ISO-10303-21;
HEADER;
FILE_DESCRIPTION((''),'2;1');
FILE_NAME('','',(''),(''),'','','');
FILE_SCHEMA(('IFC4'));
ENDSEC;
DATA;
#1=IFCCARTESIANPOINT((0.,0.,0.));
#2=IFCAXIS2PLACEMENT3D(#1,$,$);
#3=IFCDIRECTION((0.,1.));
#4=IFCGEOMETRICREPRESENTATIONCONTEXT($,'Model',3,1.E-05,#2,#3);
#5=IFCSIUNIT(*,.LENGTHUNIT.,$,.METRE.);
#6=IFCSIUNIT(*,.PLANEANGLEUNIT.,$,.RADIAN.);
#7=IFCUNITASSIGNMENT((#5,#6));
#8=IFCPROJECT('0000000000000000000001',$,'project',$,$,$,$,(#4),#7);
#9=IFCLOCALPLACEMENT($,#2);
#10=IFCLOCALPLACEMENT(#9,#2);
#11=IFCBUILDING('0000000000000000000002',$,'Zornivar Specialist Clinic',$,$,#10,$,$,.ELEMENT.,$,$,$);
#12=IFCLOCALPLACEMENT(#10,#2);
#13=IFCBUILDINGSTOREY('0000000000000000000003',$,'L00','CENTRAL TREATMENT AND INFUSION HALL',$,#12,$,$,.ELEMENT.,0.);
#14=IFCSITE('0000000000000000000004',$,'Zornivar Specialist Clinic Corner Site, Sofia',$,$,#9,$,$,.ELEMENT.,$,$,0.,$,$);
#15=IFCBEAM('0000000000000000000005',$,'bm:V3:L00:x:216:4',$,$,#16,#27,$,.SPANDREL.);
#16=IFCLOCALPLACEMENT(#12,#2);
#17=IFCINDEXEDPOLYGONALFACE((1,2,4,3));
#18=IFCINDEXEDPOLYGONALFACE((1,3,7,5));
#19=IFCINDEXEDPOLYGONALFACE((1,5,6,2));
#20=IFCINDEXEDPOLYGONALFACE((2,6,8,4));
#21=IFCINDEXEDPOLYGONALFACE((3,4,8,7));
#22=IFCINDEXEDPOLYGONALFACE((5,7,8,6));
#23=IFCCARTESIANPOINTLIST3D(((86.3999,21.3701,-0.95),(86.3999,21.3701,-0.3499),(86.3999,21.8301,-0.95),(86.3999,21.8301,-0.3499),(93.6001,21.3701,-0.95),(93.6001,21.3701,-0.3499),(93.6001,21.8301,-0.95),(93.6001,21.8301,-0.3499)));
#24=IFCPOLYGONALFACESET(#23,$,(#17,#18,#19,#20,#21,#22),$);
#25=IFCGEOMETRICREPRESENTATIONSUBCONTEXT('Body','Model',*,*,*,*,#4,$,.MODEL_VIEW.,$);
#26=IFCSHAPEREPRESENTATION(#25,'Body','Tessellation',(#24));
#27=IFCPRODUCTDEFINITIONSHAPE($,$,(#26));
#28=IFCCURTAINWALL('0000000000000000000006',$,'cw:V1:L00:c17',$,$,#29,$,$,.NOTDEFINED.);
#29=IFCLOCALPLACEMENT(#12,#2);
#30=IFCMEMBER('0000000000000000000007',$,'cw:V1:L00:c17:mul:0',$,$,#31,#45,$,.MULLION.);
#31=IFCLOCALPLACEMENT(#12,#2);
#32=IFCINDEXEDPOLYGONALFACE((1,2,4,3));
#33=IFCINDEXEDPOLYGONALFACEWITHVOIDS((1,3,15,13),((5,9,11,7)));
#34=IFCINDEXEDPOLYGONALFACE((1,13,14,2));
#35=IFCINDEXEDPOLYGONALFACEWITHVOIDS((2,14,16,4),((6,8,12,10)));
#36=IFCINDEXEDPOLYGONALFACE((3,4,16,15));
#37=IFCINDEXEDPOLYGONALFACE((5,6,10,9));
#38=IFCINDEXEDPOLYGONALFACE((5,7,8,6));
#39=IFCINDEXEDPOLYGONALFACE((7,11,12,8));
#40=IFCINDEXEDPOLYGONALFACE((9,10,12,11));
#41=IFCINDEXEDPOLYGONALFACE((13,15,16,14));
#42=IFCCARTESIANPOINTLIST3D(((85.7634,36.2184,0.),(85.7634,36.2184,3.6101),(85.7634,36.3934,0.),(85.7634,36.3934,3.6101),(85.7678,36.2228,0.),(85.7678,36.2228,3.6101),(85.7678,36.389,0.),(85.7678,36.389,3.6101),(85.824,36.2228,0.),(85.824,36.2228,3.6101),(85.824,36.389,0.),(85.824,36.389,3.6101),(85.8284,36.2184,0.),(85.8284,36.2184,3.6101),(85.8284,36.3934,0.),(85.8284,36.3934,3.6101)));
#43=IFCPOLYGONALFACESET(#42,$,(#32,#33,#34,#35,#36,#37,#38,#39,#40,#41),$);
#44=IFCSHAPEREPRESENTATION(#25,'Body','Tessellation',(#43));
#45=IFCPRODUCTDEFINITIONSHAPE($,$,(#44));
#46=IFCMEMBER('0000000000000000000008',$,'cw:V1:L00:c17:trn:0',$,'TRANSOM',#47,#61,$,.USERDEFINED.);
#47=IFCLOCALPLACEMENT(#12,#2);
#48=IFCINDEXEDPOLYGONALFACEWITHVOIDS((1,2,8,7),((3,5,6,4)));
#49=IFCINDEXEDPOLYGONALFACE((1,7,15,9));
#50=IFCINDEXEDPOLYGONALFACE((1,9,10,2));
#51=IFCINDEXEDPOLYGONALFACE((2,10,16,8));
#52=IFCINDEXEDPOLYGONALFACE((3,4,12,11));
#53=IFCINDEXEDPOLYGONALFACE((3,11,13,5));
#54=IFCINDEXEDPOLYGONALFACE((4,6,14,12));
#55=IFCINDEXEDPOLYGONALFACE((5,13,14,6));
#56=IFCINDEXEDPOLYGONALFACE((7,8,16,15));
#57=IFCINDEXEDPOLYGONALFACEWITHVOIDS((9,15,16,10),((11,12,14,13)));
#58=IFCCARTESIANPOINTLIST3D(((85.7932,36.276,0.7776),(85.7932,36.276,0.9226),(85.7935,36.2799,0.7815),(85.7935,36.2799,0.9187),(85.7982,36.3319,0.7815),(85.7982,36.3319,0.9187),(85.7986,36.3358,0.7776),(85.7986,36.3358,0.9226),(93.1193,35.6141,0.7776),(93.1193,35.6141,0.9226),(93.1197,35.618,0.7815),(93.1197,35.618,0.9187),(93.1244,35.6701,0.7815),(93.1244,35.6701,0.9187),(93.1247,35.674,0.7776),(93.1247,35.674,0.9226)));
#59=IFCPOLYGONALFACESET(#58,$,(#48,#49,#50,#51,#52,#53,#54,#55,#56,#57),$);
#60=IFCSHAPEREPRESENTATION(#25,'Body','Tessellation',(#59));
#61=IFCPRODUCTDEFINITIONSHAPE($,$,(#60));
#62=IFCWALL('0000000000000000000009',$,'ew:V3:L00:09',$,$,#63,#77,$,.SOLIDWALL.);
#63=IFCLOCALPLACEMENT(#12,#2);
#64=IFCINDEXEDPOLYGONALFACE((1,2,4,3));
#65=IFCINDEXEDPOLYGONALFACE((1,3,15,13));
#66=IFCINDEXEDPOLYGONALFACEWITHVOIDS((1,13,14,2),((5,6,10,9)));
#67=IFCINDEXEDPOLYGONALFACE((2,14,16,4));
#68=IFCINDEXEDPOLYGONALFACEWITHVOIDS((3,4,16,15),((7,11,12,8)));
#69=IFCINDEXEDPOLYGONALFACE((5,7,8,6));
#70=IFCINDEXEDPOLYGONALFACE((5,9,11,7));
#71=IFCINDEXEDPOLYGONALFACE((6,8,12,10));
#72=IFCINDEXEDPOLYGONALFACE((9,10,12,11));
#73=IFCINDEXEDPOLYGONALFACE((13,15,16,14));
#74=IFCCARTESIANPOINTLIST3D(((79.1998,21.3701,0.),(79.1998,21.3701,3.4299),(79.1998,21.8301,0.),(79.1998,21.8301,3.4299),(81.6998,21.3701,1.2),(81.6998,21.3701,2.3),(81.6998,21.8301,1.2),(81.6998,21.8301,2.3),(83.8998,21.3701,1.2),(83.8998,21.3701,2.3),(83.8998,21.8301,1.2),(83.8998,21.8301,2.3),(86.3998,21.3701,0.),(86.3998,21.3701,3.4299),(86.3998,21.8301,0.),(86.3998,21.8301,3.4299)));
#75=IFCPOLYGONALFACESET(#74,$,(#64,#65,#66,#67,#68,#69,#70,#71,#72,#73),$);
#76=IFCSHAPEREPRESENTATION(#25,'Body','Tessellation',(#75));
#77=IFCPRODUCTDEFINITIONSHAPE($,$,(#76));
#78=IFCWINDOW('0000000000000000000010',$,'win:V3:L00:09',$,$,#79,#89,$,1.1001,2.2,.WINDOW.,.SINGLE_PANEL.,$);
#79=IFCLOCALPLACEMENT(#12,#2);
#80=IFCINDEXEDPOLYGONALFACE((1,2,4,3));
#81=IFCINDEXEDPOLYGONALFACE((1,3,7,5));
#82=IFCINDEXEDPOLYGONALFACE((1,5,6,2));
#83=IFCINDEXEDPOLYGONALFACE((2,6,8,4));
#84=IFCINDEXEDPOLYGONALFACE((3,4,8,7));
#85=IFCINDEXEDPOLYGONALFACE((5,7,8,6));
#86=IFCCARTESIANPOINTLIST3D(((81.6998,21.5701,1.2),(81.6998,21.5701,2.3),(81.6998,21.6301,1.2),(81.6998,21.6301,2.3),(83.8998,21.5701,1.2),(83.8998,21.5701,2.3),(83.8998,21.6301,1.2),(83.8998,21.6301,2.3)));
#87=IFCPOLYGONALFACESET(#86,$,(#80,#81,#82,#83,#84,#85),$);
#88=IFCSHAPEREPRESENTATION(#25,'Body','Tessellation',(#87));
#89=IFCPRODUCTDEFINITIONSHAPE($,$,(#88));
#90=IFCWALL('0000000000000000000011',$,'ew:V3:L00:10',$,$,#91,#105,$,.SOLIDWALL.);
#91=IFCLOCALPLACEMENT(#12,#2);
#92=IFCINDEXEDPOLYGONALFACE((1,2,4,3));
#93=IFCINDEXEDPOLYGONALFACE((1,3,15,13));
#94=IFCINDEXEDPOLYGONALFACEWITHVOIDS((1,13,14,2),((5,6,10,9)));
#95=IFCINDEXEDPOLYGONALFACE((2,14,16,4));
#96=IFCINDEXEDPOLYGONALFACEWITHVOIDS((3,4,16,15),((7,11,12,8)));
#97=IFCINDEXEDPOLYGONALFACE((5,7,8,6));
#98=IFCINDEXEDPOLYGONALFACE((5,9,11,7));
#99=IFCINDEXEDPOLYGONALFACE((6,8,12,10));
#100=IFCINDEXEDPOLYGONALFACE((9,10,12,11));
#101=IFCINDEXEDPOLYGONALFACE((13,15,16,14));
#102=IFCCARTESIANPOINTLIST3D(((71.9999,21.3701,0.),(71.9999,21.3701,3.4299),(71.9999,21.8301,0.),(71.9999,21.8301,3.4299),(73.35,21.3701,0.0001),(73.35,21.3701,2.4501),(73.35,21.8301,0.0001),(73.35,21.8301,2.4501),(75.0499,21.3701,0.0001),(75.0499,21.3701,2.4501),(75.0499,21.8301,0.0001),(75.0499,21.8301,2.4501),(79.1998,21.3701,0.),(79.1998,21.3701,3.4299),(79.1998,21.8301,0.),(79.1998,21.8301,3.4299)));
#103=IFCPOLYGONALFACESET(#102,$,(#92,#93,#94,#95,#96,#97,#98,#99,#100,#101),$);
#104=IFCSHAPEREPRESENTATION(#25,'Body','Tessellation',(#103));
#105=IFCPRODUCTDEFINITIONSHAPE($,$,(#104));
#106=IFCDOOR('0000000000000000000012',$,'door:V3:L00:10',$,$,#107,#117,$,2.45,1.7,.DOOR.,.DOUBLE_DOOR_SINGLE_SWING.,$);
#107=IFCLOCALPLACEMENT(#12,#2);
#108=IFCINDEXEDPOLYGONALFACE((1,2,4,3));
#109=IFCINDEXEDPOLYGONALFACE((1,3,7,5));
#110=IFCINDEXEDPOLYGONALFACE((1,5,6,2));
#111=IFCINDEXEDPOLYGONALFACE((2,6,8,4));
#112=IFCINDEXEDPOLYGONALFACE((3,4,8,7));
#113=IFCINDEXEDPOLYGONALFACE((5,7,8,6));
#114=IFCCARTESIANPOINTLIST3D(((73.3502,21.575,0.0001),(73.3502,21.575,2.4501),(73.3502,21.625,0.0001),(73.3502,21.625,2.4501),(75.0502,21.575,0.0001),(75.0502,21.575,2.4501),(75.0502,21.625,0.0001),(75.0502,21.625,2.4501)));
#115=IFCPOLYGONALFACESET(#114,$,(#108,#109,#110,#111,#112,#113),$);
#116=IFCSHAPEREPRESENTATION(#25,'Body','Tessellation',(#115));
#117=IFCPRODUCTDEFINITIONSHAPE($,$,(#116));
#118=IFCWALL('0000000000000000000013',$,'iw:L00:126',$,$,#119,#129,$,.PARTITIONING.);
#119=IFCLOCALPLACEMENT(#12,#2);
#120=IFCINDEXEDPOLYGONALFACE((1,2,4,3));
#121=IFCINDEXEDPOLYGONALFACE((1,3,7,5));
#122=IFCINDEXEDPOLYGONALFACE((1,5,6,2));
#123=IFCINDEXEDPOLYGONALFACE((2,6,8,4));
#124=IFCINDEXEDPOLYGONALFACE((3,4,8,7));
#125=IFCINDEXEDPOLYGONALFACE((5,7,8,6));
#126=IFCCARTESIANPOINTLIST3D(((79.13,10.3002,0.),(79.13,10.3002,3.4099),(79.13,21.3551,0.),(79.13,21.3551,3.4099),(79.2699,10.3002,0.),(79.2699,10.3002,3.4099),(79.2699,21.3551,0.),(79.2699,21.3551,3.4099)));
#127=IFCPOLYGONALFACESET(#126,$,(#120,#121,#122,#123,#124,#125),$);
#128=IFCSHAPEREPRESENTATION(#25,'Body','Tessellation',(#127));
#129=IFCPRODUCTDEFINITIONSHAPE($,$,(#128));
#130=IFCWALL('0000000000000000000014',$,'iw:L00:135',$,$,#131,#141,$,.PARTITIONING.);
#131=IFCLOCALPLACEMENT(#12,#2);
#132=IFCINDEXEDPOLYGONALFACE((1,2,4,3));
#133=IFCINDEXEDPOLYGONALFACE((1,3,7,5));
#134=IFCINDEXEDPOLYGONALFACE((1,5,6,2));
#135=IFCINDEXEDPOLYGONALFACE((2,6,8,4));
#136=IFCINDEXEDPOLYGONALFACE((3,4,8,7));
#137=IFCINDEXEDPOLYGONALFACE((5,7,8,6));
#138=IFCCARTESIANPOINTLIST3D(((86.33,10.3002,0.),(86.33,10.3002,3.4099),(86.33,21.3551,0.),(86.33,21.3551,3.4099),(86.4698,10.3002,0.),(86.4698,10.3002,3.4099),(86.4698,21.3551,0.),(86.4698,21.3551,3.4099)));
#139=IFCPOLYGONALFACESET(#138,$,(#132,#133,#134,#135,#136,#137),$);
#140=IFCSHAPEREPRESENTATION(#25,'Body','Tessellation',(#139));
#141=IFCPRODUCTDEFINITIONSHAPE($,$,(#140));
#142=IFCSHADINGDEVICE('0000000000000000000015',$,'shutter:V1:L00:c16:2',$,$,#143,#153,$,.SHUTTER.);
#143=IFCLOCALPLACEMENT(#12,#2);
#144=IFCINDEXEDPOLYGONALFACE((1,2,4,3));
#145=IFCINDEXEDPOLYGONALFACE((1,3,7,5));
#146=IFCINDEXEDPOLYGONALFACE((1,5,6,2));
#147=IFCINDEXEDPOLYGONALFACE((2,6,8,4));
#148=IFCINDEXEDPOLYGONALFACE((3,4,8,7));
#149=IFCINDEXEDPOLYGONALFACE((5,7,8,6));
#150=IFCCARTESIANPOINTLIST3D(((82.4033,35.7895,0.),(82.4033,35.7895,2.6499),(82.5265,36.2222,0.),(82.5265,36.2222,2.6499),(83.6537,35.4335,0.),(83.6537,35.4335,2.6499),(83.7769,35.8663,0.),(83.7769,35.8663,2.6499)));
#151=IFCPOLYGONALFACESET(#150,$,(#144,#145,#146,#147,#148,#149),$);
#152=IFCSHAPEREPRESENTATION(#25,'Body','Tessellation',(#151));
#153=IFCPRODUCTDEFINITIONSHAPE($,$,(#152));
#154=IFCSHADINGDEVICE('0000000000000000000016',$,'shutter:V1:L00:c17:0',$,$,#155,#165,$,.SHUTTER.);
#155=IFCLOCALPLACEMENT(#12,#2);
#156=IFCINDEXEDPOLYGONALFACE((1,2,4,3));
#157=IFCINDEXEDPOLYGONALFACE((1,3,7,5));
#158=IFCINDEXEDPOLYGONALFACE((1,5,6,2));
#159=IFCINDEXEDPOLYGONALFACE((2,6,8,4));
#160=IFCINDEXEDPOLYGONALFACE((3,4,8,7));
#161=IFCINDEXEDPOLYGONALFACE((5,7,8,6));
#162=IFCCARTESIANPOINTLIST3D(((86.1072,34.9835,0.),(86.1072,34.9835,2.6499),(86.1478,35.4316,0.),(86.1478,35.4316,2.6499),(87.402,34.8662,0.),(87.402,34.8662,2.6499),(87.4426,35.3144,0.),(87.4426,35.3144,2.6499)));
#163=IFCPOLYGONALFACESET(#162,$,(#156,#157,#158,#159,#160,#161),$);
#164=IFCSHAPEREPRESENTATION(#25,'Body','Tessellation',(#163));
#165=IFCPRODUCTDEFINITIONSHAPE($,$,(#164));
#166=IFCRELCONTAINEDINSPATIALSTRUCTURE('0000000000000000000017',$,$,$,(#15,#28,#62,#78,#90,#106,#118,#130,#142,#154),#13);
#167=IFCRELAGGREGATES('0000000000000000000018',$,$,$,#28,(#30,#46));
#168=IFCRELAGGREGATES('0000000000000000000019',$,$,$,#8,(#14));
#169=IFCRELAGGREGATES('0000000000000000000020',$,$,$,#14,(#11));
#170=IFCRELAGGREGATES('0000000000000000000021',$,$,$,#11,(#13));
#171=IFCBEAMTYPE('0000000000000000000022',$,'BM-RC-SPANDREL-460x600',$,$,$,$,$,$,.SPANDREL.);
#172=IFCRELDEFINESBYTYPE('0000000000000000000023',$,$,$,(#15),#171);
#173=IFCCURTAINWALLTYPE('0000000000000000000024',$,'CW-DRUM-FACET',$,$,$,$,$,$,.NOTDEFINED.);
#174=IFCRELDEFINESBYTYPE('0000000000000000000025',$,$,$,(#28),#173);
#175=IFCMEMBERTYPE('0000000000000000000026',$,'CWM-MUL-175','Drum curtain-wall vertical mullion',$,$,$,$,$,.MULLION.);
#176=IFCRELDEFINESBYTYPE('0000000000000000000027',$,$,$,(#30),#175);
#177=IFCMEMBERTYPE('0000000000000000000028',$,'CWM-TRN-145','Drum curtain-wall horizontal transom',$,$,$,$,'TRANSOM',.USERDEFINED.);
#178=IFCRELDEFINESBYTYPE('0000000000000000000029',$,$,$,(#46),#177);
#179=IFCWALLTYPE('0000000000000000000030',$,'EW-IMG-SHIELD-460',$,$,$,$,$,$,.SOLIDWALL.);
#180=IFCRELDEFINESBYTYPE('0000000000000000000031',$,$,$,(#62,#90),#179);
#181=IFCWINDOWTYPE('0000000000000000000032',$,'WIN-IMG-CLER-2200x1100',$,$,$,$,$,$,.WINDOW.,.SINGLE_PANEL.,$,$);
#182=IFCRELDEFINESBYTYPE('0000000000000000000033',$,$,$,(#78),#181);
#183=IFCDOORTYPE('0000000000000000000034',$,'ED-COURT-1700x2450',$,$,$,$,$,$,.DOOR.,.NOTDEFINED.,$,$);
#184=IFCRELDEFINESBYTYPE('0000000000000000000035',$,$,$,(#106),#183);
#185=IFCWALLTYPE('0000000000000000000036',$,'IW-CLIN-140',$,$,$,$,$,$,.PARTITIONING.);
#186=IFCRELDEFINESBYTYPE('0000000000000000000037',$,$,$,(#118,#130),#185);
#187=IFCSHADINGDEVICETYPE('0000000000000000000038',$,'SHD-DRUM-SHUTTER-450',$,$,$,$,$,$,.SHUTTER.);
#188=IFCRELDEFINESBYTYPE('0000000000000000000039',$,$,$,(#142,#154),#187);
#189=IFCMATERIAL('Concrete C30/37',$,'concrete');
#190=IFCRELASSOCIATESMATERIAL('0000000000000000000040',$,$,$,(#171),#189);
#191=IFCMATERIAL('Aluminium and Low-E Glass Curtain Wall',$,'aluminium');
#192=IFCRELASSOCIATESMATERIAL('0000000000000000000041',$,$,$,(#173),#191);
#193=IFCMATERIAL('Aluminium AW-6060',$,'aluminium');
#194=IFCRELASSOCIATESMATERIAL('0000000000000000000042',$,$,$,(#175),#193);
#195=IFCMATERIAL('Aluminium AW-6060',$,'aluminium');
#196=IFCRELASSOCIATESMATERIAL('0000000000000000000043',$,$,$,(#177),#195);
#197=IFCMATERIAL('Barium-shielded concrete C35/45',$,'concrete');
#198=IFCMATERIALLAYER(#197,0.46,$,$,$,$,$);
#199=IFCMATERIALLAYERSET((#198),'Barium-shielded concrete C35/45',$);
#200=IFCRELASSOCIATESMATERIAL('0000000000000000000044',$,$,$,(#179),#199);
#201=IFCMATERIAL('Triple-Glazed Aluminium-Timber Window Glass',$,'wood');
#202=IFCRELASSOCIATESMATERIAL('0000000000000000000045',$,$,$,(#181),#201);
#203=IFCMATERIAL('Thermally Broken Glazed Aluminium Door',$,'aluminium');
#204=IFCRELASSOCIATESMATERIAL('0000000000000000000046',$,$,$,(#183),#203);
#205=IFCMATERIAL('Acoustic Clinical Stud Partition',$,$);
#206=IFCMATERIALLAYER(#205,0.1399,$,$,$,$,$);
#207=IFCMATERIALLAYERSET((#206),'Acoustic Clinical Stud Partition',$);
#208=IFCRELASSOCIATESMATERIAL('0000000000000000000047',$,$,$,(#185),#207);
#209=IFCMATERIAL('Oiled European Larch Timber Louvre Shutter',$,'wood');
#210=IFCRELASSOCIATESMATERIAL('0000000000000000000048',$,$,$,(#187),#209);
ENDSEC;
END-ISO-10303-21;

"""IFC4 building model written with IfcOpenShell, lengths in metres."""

from ifc_helpers import new_model, si_unit, direction, frame, frame_2d, origin, origin_2d, place, context, subcontext, project, spatial, rectangle, hollow_rectangle, extrude, material, layer, layer_set, material_profile, profile_set, type_object, element, fill, aggregate, save


model = new_model("IFC4")

# Units and contexts
model_context = context("Model", 3, precision=1e-05, world=origin(), true_north=direction((0.0, 1.0)))
body_context = subcontext(model_context, "Body", "Model", "MODEL_VIEW")
ifc_project = project(units=[si_unit("LENGTHUNIT", "METRE"), si_unit("PLANEANGLEUNIT", "RADIAN")], contexts=[model_context])

# Site, building, storey
site_placement = place(None, origin())
site = spatial("IfcSite", under=ifc_project, at=site_placement, Name="Zornivar Specialist Clinic Corner Site, Sofia", CompositionType="ELEMENT", RefElevation=0.0)
building_placement = place(site_placement, origin())
building = spatial("IfcBuilding", under=site, at=building_placement, Name="Zornivar Specialist Clinic", CompositionType="ELEMENT")
storey_placement = place(building_placement, origin())
storey = spatial("IfcBuildingStorey", under=building, at=storey_placement, Name="L00", Description="CENTRAL TREATMENT AND INFUSION HALL", CompositionType="ELEMENT", Elevation=0.0)

# Beam
ifc_material_1 = material(Name="Concrete C30/37", Category="concrete")
ifc_material_profile_1 = material_profile(ifc_material_1, rectangle(XDim=0.46, YDim=0.6001, at=origin_2d()), Name="RC 460x600")
ifc_profile_set_1 = profile_set([ifc_material_profile_1], Name="Concrete C30/37")
beam_type_1 = type_object("IfcBeamType", Name="BM-RC-SPANDREL-460x600", PredefinedType="SPANDREL", material=ifc_profile_set_1)
beam_1_placement = place(storey_placement, frame((86.3999, 21.6001, -0.6499), z_axis=(1.0, 0.0, 0.0), x_axis=(0.0, 1.0, 0.0)))
element("IfcBeam", 1, at=beam_1_placement, inside=storey, type_object=beam_type_1, Name="bm:V3:L00:x:216:4", PredefinedType="SPANDREL", context=body_context, shape_type="SweptSolid", body=[
    extrude(rectangle(XDim=0.46, YDim=0.6001, at=origin_2d()), origin(), (0.0, 0.0, 1.0), 7.2002),
])

# Curtain wall, members
ifc_material_2 = material(Name="Aluminium and Low-E Glass Curtain Wall", Category="aluminium")
curtain_wall_type = type_object("IfcCurtainWallType", Name="CW-DRUM-FACET", PredefinedType="NOTDEFINED", material=ifc_material_2)
curtain_wall_placement = place(storey_placement, origin())
curtain_wall = element("IfcCurtainWall", 2, at=curtain_wall_placement, inside=storey, type_object=curtain_wall_type, Name="cw:V1:L00:c17", PredefinedType="NOTDEFINED")
ifc_material_3 = material(Name="Aluminium AW-6060", Category="aluminium")
ifc_material_profile_2 = material_profile(ifc_material_3, hollow_rectangle(XDim=0.0649, YDim=0.175, WallThickness=0.0044, at=origin_2d()), Name="ALU 65x175x4.5")
ifc_profile_set_2 = profile_set([ifc_material_profile_2], Name="Aluminium AW-6060")
member_type_1 = type_object("IfcMemberType", Name="CWM-MUL-175", Description="Drum curtain-wall vertical mullion", PredefinedType="MULLION", material=ifc_profile_set_2)
member_1_placement = place(storey_placement, frame((85.7959, 36.3059, 0.0), z_axis=(0.0, 0.0, 1.0), x_axis=(1.0, 0.0, 0.0)))
member_1 = element("IfcMember", 3, at=member_1_placement, type_object=member_type_1, Name="cw:V1:L00:c17:mul:0", PredefinedType="MULLION", context=body_context, shape_type="SweptSolid", body=[
    extrude(hollow_rectangle(XDim=0.0649, YDim=0.175, WallThickness=0.0044, at=origin_2d()), origin(), (0.0, 0.0, 1.0), 3.6101),
])
ifc_material_4 = material(Name="Aluminium AW-6060", Category="aluminium")
ifc_material_profile_3 = material_profile(ifc_material_4, hollow_rectangle(XDim=0.0601, YDim=0.145, WallThickness=0.0039, at=origin_2d()), Name="ALU 60x145x4")
ifc_profile_set_3 = profile_set([ifc_material_profile_3], Name="Aluminium AW-6060")
member_type_2 = type_object("IfcMemberType", Name="CWM-TRN-145", Description="Drum curtain-wall horizontal transom", ElementType="TRANSOM", PredefinedType="USERDEFINED", material=ifc_profile_set_3)
member_2_placement = place(storey_placement, frame((85.7959, 36.3059, 0.8501), z_axis=(0.995944, -0.089976, 0.0), x_axis=(0.089976, 0.995944, 0.0)))
member_2 = element("IfcMember", 4, at=member_2_placement, type_object=member_type_2, Name="cw:V1:L00:c17:trn:0", ObjectType="TRANSOM", PredefinedType="USERDEFINED", context=body_context, shape_type="SweptSolid", body=[
    extrude(hollow_rectangle(XDim=0.0601, YDim=0.145, WallThickness=0.0039, at=origin_2d()), origin(), (0.0, 0.0, 1.0), 7.356),
])
aggregate(curtain_wall, [member_1, member_2])

# Wall, opening, window
ifc_material_5 = material(Name="Barium-shielded concrete C35/45", Category="concrete")
ifc_layer_1 = layer(ifc_material_5, 0.46)
ifc_layer_set_1 = layer_set([ifc_layer_1], Name="Barium-shielded concrete C35/45")
wall_type_1 = type_object("IfcWallType", Name="EW-IMG-SHIELD-460", PredefinedType="SOLIDWALL", material=ifc_layer_set_1)
wall_1_placement = place(storey_placement, frame((86.3999, 21.6001, 0.0), z_axis=(0.0, 0.0, 1.0), x_axis=(-1.0, 0.0, 0.0)))
wall_1 = element("IfcWall", 5, at=wall_1_placement, inside=storey, type_object=wall_type_1, Name="ew:V3:L00:09", PredefinedType="SOLIDWALL", context=body_context, shape_type="SweptSolid", body=[
    extrude(rectangle(XDim=7.2, YDim=0.46, at=frame_2d((3.6001, 0.0))), origin(), (0.0, 0.0, 1.0), 3.4299),
])
opening_1_placement = place(wall_1_placement, frame((2.5, 0.0, 1.2)))
opening_1 = element("IfcOpeningElement", 6, at=opening_1_placement, cuts=wall_1, PredefinedType="OPENING", context=body_context, shape_type="SweptSolid", body=[
    extrude(rectangle(XDim=2.2, YDim=1.1001, at=frame_2d((1.1001, 0.55))), frame((0.0, 0.24, 0.0), z_axis=(0.0, -1.0, 0.0), x_axis=(1.0, 0.0, 0.0)), (0.0, 0.0, 1.0), 0.48),
])
ifc_material_6 = material(Name="Triple-Glazed Aluminium-Timber Window Glass", Category="wood")
window_type = type_object("IfcWindowType", Name="WIN-IMG-CLER-2200x1100", PartitioningType="SINGLE_PANEL", PredefinedType="WINDOW", material=ifc_material_6)
window_placement = place(opening_1_placement, origin())
window = element("IfcWindow", 7, at=window_placement, inside=storey, type_object=window_type, Name="win:V3:L00:09", OverallHeight=1.1001, OverallWidth=2.2, PartitioningType="SINGLE_PANEL", PredefinedType="WINDOW", context=body_context, shape_type="SweptSolid", body=[
    extrude(rectangle(XDim=2.2, YDim=1.1001, at=frame_2d((1.1001, 0.55))), frame((0.0, 0.03, 0.0), z_axis=(0.0, -1.0, 0.0), x_axis=(1.0, 0.0, 0.0)), (0.0, 0.0, 1.0), 0.0601),
])
fill(opening_1, window)

# Wall, opening, door
wall_2_placement = place(storey_placement, frame((79.2, 21.6001, 0.0), z_axis=(0.0, 0.0, 1.0), x_axis=(-1.0, 0.0, 0.0)))
wall_2 = element("IfcWall", 8, at=wall_2_placement, inside=storey, type_object=wall_type_1, Name="ew:V3:L00:10", PredefinedType="SOLIDWALL", context=body_context, shape_type="SweptSolid", body=[
    extrude(rectangle(XDim=7.2, YDim=0.46, at=frame_2d((3.6001, 0.0))), origin(), (0.0, 0.0, 1.0), 3.4299),
])
opening_2_placement = place(wall_2_placement, frame((4.1499, 0.0, 0.0)))
opening_2 = element("IfcOpeningElement", 9, at=opening_2_placement, cuts=wall_2, PredefinedType="OPENING", context=body_context, shape_type="SweptSolid", body=[
    extrude(rectangle(XDim=1.7, YDim=2.45, at=frame_2d((0.8501, 1.2251))), frame((0.0, 0.24, 0.0), z_axis=(0.0, -1.0, 0.0), x_axis=(1.0, 0.0, 0.0)), (0.0, 0.0, 1.0), 0.48),
])
ifc_material_7 = material(Name="Thermally Broken Glazed Aluminium Door", Category="aluminium")
door_type = type_object("IfcDoorType", Name="ED-COURT-1700x2450", OperationType="NOTDEFINED", PredefinedType="DOOR", material=ifc_material_7)
door_placement = place(opening_2_placement, frame((1.7, 0.0, 0.0), z_axis=(0.0, 0.0, 1.0), x_axis=(-1.0, 0.0, 0.0)))
door = element("IfcDoor", 10, at=door_placement, inside=storey, type_object=door_type, Name="door:V3:L00:10", OperationType="DOUBLE_DOOR_SINGLE_SWING", OverallHeight=2.45, OverallWidth=1.7, PredefinedType="DOOR", context=body_context, shape_type="SweptSolid", body=[
    extrude(rectangle(XDim=1.7, YDim=2.45, at=frame_2d((0.8501, 1.2251))), frame((0.0, 0.0249, 0.0), z_axis=(0.0, -1.0, 0.0), x_axis=(1.0, 0.0, 0.0)), (0.0, 0.0, 1.0), 0.05),
])
fill(opening_2, door)

# Walls
ifc_material_8 = material(Name="Acoustic Clinical Stud Partition")
ifc_layer_2 = layer(ifc_material_8, 0.1399)
ifc_layer_set_2 = layer_set([ifc_layer_2], Name="Acoustic Clinical Stud Partition")
wall_type_2 = type_object("IfcWallType", Name="IW-CLIN-140", PredefinedType="PARTITIONING", material=ifc_layer_set_2)
for number, where, z_axis, x_axis, name in (
    (11, (79.2, 21.355, 0.0), (0.0, 0.0, 1.0), (0.0, -1.0, 0.0), "iw:L00:126"),
    (12, (86.3999, 21.355, 0.0), (0.0, 0.0, 1.0), (0.0, -1.0, 0.0), "iw:L00:135"),
):
    element("IfcWall", number, at=place(storey_placement, frame(where, z_axis=z_axis, x_axis=x_axis)), inside=storey, type_object=wall_type_2, Name=name, PredefinedType="PARTITIONING", context=body_context, shape_type="SweptSolid", body=[
        extrude(rectangle(XDim=11.0549, YDim=0.1399, at=frame_2d((5.5273, 0.0))), origin(), (0.0, 0.0, 1.0), 3.4099),
    ])

# Shading devices
ifc_material_9 = material(Name="Oiled European Larch Timber Louvre Shutter", Category="wood")
shading_device_type = type_object("IfcShadingDeviceType", Name="SHD-DRUM-SHUTTER-450", PredefinedType="SHUTTER", material=ifc_material_9)
for number, where, z_axis, x_axis, name in (
    (13, (83.0901, 35.8279, 0.0), (0.0, 0.0, 1.0), (0.961785, -0.273805, 0.0), "shutter:V1:L00:c16:2"),
    (14, (86.7749, 35.1489, 0.0), (0.0, 0.0, 1.0), (0.995925, -0.090188, 0.0), "shutter:V1:L00:c17:0"),
):
    element("IfcShadingDevice", number, at=place(storey_placement, frame(where, z_axis=z_axis, x_axis=x_axis)), inside=storey, type_object=shading_device_type, Name=name, PredefinedType="SHUTTER", context=body_context, shape_type="SweptSolid", body=[
        extrude(rectangle(XDim=1.3, YDim=0.45, at=origin_2d()), origin(), (0.0, 0.0, 1.0), 2.6499),
    ])

save(model, "model.ifc")
